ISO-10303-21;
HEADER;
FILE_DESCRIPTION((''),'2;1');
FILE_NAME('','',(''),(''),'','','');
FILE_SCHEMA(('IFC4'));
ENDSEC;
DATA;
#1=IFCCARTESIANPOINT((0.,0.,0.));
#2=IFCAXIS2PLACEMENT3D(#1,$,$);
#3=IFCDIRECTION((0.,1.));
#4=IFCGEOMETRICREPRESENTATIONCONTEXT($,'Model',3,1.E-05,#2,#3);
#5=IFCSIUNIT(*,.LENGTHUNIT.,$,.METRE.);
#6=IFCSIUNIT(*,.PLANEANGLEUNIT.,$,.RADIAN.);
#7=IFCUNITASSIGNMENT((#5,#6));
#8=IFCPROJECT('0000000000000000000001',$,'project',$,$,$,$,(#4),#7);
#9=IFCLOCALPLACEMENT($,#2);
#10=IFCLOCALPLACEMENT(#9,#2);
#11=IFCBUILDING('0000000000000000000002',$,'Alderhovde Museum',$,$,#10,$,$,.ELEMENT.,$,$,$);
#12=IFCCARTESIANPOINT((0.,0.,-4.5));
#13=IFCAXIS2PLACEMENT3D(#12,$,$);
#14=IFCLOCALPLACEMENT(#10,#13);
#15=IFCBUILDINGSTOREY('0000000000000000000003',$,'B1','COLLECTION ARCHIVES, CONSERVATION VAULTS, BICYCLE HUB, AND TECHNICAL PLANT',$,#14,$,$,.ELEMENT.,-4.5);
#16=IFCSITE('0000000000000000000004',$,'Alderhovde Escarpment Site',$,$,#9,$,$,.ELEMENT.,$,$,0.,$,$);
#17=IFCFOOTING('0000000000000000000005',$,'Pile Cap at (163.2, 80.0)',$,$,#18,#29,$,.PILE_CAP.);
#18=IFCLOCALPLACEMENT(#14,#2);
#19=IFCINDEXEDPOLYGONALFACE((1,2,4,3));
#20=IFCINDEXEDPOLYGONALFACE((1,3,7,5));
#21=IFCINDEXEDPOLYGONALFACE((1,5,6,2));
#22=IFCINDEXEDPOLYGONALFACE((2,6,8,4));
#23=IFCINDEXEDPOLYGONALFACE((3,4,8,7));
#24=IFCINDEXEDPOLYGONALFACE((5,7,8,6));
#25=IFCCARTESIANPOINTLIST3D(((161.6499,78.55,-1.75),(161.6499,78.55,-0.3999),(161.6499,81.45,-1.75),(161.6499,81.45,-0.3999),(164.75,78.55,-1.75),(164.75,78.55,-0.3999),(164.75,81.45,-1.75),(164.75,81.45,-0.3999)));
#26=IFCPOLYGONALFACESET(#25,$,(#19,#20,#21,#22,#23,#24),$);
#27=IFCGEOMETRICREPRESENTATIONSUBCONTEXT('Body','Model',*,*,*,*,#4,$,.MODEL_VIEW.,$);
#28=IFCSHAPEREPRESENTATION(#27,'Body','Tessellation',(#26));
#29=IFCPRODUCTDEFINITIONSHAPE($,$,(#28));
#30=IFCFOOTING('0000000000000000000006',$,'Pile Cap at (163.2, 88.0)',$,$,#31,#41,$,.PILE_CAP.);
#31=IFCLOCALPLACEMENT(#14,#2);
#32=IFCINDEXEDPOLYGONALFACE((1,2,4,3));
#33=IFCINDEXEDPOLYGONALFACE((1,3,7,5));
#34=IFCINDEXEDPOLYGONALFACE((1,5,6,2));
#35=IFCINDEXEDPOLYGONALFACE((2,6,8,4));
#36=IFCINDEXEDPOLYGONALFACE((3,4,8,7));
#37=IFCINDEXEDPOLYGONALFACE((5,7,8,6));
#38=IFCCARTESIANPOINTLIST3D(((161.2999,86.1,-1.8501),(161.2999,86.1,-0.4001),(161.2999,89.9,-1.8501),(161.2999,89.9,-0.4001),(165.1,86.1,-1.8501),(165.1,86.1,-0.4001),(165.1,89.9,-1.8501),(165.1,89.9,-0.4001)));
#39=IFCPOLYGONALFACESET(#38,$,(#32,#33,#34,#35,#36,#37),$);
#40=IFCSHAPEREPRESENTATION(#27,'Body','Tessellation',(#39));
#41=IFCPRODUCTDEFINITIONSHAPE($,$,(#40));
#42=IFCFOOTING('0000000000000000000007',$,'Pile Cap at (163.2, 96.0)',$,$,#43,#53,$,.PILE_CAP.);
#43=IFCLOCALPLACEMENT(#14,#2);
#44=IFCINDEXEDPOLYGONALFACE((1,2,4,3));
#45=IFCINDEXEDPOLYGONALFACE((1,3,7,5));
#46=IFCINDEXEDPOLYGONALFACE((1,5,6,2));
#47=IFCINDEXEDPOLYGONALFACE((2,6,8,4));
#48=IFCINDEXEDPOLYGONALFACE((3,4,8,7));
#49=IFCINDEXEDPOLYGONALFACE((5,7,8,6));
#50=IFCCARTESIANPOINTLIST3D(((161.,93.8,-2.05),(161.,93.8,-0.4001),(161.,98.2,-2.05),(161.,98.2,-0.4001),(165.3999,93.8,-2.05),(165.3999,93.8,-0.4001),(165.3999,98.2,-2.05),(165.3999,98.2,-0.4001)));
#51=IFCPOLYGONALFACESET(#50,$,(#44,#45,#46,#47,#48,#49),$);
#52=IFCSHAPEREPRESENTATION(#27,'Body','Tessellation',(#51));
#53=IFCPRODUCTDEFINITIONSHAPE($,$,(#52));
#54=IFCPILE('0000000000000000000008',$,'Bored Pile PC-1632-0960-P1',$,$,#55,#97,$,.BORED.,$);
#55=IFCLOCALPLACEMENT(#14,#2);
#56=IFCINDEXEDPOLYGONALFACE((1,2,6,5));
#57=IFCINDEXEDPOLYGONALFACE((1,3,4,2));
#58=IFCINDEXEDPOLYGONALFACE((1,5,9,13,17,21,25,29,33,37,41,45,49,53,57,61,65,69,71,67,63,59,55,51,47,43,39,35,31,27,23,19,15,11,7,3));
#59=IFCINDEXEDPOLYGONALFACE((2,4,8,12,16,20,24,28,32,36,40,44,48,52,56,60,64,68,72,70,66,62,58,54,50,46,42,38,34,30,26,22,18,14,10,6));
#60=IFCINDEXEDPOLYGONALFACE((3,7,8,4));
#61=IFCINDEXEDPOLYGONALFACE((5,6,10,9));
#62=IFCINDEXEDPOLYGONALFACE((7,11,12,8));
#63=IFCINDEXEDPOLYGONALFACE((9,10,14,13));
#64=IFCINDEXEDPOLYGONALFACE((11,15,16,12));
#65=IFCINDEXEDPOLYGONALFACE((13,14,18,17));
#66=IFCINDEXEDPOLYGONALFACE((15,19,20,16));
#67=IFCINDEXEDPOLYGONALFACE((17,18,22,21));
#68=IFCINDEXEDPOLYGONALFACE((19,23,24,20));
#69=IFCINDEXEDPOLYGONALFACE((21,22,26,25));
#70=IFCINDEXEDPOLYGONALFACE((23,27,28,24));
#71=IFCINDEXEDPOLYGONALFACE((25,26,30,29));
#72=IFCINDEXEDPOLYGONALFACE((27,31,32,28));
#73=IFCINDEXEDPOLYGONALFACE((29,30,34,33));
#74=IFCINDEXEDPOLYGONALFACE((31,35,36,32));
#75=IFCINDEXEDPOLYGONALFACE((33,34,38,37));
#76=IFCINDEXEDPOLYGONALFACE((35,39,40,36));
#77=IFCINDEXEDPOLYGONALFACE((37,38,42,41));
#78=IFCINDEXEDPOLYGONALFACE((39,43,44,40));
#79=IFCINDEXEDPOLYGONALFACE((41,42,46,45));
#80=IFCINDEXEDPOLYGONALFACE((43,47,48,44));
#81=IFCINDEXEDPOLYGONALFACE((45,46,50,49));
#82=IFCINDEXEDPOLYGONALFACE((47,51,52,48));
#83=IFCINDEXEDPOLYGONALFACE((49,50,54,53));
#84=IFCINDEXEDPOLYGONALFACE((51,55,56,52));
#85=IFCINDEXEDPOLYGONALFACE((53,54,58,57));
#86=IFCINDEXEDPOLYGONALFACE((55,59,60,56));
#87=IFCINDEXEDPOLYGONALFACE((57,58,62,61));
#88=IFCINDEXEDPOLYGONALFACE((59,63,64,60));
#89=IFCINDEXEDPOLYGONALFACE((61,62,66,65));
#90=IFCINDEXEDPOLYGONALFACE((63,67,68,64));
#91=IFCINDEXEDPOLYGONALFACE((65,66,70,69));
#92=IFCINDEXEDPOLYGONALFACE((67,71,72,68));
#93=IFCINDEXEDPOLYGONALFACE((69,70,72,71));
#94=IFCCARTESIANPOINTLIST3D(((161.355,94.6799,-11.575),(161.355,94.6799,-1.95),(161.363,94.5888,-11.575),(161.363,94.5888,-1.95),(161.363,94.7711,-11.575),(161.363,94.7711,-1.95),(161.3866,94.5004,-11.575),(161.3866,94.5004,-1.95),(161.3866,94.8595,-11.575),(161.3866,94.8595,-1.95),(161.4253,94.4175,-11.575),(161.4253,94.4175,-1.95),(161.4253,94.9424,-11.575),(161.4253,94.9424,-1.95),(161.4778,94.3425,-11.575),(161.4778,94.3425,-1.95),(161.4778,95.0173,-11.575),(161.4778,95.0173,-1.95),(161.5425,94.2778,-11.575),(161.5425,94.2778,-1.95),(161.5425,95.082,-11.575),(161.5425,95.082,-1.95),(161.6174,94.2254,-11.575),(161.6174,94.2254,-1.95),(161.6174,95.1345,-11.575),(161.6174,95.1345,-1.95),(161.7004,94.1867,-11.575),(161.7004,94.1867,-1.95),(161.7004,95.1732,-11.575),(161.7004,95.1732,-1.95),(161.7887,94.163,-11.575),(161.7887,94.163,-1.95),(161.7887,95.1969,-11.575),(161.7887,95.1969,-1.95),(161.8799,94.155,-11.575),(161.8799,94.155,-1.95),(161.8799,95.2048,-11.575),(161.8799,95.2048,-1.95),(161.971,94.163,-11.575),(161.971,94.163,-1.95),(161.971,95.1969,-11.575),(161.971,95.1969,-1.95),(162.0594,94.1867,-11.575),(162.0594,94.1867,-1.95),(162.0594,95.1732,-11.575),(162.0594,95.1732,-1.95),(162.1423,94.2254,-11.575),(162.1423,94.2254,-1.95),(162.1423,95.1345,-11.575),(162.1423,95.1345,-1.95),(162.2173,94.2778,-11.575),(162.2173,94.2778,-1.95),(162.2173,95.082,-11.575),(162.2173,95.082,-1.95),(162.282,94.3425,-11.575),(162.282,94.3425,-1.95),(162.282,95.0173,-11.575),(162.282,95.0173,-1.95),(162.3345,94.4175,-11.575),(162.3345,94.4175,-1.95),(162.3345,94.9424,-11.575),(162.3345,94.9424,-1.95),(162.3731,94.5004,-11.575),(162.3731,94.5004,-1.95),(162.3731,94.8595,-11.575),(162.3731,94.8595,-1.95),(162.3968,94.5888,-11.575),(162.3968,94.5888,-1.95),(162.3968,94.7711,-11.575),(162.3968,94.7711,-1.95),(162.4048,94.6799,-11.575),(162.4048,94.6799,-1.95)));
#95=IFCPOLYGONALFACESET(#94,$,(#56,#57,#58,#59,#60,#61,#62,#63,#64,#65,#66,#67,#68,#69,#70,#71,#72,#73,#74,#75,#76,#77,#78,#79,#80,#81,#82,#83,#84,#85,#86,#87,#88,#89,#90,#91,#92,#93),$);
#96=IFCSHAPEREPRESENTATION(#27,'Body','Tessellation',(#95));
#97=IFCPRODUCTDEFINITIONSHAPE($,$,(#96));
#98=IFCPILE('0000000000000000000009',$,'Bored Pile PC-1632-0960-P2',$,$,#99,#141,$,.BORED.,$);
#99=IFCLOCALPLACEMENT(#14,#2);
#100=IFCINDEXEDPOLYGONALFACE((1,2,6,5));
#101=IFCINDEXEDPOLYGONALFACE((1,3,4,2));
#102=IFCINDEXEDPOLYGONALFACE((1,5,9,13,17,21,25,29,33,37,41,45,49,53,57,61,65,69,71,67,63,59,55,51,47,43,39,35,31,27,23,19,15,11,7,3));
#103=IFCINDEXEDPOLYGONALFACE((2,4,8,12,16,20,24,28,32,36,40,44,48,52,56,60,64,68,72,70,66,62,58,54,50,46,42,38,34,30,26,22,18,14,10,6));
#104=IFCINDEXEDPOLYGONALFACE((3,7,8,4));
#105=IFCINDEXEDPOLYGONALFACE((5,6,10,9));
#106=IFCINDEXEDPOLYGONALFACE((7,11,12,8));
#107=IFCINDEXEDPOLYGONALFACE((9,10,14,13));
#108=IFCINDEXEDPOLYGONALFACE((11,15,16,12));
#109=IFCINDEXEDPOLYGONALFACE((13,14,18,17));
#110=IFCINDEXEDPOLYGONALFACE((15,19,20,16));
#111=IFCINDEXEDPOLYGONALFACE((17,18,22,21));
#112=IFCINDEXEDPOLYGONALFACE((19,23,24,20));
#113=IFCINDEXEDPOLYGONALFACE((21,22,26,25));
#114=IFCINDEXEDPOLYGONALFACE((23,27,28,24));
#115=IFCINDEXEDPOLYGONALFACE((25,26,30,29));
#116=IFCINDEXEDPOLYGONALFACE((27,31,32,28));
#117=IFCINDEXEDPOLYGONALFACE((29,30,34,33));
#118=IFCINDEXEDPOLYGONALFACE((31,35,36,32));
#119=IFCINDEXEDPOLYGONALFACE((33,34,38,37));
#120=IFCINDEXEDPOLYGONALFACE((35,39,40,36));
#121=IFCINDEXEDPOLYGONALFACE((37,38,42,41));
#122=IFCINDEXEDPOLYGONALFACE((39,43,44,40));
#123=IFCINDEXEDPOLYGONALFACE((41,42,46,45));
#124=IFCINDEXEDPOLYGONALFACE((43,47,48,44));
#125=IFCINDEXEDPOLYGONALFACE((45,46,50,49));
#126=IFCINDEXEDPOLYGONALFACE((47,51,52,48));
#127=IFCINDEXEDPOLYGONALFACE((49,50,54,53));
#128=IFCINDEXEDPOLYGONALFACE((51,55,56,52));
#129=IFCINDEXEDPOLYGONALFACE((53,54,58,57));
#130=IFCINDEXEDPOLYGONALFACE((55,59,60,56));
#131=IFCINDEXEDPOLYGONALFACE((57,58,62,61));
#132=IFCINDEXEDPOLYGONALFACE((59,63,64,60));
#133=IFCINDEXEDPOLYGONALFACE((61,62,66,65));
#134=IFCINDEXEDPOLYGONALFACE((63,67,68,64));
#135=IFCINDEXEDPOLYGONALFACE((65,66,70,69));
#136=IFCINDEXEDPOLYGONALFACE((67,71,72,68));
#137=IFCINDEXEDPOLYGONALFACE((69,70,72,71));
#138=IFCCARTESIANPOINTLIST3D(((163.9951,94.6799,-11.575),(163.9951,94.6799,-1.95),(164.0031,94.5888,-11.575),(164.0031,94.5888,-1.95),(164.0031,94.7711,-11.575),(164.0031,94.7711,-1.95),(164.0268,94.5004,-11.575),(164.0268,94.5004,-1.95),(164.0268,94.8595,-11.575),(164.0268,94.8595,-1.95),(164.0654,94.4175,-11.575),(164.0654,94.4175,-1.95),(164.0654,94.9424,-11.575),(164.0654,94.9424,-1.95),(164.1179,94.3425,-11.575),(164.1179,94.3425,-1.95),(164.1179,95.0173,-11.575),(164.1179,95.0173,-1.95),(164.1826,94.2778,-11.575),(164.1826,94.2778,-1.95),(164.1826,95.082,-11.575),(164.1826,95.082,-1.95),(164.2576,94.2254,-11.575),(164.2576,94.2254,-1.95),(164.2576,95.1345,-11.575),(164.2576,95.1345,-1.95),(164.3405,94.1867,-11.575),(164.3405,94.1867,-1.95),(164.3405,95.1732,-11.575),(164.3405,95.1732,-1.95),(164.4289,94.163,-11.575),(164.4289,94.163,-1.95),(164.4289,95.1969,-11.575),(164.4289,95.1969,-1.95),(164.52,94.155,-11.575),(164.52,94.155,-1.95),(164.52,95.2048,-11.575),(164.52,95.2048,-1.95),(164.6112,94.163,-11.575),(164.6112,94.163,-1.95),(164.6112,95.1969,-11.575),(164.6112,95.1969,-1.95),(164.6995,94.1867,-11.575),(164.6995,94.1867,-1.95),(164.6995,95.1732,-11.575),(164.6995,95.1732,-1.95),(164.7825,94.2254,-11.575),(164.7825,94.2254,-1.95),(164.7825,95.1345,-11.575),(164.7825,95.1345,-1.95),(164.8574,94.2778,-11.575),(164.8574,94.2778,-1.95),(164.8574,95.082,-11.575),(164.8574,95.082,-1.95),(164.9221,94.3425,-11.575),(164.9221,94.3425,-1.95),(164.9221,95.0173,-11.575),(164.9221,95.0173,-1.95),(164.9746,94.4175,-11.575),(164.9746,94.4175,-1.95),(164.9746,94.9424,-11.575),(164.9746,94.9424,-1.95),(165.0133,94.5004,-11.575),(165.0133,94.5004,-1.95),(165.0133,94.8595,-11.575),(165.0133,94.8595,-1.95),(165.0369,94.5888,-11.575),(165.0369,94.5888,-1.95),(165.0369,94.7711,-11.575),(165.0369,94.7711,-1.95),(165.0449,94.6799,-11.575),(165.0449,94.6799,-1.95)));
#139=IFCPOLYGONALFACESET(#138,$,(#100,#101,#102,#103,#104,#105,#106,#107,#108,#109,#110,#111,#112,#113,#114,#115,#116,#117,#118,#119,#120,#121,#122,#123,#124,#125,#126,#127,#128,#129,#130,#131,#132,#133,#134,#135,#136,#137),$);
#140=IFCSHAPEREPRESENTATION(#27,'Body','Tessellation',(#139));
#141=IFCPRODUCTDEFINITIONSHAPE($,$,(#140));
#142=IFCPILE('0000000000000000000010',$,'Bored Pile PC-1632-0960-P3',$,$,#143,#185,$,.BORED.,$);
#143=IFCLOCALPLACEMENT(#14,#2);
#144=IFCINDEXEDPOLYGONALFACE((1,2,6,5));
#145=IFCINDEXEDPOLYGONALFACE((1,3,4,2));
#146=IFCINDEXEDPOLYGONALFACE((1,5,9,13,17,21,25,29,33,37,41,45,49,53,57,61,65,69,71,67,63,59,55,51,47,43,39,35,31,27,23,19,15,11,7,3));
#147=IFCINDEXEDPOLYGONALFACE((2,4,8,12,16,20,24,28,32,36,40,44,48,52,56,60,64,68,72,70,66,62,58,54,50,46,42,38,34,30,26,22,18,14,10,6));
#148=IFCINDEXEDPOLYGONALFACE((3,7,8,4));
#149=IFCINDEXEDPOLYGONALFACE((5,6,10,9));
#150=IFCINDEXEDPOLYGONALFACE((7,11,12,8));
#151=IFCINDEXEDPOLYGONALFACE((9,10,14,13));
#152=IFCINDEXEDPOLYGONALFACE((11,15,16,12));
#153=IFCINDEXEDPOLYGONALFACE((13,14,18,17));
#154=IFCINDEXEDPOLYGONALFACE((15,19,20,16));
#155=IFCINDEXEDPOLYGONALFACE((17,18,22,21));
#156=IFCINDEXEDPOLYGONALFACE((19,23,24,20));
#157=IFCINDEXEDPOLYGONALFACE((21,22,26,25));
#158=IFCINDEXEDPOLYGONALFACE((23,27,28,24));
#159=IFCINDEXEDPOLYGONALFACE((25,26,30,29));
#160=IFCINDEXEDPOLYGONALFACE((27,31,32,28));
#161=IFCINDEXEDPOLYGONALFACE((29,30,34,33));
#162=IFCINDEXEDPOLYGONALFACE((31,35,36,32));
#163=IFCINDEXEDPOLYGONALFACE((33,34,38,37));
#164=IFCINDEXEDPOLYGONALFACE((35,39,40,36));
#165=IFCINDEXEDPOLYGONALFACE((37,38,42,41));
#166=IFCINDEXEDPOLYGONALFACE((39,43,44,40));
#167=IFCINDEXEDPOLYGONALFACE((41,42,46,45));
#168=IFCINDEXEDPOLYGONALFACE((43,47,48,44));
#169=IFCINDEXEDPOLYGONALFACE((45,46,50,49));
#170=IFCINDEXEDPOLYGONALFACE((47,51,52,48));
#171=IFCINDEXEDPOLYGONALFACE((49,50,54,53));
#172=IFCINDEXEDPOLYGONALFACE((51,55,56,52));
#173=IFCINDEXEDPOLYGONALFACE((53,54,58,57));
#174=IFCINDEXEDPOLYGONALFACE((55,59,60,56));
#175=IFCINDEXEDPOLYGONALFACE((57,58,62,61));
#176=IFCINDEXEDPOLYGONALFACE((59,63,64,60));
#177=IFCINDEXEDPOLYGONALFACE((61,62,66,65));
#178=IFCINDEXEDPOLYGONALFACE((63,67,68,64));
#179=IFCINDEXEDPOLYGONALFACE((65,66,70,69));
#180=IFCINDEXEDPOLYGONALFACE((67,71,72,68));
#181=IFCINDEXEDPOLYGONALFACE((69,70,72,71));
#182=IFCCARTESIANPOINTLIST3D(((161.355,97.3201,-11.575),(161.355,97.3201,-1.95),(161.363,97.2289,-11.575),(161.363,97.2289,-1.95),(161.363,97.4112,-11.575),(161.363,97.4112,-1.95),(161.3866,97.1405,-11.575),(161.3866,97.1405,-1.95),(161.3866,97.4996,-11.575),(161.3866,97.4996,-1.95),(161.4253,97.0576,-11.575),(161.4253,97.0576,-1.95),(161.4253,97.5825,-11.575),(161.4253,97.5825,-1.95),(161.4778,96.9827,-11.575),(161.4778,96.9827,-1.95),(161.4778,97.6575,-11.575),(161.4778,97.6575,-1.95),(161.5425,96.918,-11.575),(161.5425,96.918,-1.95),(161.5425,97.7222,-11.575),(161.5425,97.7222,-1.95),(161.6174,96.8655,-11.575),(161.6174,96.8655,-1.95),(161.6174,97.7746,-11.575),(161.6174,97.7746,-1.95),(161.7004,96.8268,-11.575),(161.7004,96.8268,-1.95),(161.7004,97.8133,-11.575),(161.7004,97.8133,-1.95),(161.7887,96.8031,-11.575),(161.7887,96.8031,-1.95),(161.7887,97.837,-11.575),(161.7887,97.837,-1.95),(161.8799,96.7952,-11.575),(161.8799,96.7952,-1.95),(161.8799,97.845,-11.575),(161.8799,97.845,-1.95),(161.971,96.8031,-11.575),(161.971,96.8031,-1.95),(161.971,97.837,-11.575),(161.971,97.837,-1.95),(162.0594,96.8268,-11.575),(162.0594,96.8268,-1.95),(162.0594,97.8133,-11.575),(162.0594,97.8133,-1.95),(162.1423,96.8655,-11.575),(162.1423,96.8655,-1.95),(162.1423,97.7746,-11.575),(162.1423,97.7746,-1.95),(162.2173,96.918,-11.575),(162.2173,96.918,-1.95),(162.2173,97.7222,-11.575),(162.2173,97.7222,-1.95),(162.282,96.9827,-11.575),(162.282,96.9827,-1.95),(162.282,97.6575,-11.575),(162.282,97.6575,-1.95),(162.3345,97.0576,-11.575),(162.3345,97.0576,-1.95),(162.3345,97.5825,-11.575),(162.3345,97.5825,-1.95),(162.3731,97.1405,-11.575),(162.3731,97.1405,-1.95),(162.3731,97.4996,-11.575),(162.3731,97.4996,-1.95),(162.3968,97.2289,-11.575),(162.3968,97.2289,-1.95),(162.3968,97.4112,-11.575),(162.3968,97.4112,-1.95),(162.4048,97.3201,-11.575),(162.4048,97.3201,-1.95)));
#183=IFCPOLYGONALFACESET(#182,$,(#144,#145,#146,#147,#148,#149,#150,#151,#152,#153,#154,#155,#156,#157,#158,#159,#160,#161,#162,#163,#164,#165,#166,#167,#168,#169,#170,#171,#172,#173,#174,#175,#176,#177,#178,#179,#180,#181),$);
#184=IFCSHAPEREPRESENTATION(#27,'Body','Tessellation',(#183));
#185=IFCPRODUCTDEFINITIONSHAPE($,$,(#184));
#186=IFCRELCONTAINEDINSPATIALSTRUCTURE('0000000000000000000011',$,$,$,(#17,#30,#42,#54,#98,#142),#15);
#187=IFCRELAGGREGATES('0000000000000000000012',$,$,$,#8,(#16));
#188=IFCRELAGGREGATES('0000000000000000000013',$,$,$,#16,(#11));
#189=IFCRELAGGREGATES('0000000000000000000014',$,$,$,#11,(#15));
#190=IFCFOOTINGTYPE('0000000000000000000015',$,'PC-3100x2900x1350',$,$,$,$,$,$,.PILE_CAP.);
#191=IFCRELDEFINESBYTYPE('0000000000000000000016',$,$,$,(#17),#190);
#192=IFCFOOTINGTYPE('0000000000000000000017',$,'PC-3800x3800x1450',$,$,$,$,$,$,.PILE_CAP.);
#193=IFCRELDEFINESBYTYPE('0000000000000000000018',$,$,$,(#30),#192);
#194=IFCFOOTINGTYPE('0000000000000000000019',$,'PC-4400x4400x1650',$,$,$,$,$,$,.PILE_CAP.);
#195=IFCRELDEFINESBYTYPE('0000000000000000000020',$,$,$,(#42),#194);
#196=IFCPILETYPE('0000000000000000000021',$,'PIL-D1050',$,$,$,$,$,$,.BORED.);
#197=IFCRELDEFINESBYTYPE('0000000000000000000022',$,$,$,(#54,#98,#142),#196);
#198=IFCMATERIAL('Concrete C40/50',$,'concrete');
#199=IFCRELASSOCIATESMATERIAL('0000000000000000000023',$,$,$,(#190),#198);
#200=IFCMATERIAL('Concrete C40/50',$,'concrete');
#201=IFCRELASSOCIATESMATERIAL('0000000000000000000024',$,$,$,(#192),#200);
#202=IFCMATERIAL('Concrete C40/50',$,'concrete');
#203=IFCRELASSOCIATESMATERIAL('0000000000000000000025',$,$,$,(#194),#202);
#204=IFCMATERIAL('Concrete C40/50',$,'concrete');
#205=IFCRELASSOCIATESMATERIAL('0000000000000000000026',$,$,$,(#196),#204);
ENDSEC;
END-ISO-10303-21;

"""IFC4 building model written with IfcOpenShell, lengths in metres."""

from ifc_helpers import new_model, si_unit, direction, frame, origin, origin_2d, place, context, subcontext, project, spatial, rectangle, circle, extrude, material, material_profile, profile_set, type_object, element, save


model = new_model("IFC4")

# Units and contexts
model_context = context("Model", 3, precision=1e-05, world=origin(), true_north=direction((0.0, 1.0)))
body_context = subcontext(model_context, "Body", "Model", "MODEL_VIEW")
ifc_project = project(units=[si_unit("LENGTHUNIT", "METRE"), si_unit("PLANEANGLEUNIT", "RADIAN")], contexts=[model_context])

# Site, building, storey
site_placement = place(None, origin())
site = spatial("IfcSite", under=ifc_project, at=site_placement, Name="Alderhovde Escarpment Site", CompositionType="ELEMENT", RefElevation=0.0)
building_placement = place(site_placement, origin())
building = spatial("IfcBuilding", under=site, at=building_placement, Name="Alderhovde Museum", CompositionType="ELEMENT")
storey_placement = place(building_placement, frame((0.0, 0.0, -4.5)))
storey = spatial("IfcBuildingStorey", under=building, at=storey_placement, Name="B1", Description="COLLECTION ARCHIVES, CONSERVATION VAULTS, BICYCLE HUB, AND TECHNICAL PLANT", CompositionType="ELEMENT", Elevation=-4.5)

# Footings
ifc_material_1 = material(Name="Concrete C40/50", Category="concrete")
footing_type_1 = type_object("IfcFootingType", Name="PC-3100x2900x1350", PredefinedType="PILE_CAP", material=ifc_material_1)
footing_1_placement = place(storey_placement, frame((163.2, 80.0, -1.75), z_axis=(0.0, 0.0, 1.0), x_axis=(1.0, 0.0, 0.0)))
element("IfcFooting", 1, at=footing_1_placement, inside=storey, type_object=footing_type_1, Name="Pile Cap at (163.2, 80.0)", PredefinedType="PILE_CAP", context=body_context, shape_type="SweptSolid", body=[
    extrude(rectangle(XDim=3.1001, YDim=2.8999, at=origin_2d()), origin(), (0.0, 0.0, 1.0), 1.3501),
])
ifc_material_2 = material(Name="Concrete C40/50", Category="concrete")
footing_type_2 = type_object("IfcFootingType", Name="PC-3800x3800x1450", PredefinedType="PILE_CAP", material=ifc_material_2)
footing_2_placement = place(storey_placement, frame((163.2, 88.0, -1.8501), z_axis=(0.0, 0.0, 1.0), x_axis=(1.0, 0.0, 0.0)))
element("IfcFooting", 2, at=footing_2_placement, inside=storey, type_object=footing_type_2, Name="Pile Cap at (163.2, 88.0)", PredefinedType="PILE_CAP", context=body_context, shape_type="SweptSolid", body=[
    extrude(rectangle(XDim=3.8, YDim=3.8, at=origin_2d()), origin(), (0.0, 0.0, 1.0), 1.45),
])
ifc_material_3 = material(Name="Concrete C40/50", Category="concrete")
footing_type_3 = type_object("IfcFootingType", Name="PC-4400x4400x1650", PredefinedType="PILE_CAP", material=ifc_material_3)
footing_3_placement = place(storey_placement, frame((163.2, 96.0, -2.05), z_axis=(0.0, 0.0, 1.0), x_axis=(1.0, 0.0, 0.0)))
element("IfcFooting", 3, at=footing_3_placement, inside=storey, type_object=footing_type_3, Name="Pile Cap at (163.2, 96.0)", PredefinedType="PILE_CAP", context=body_context, shape_type="SweptSolid", body=[
    extrude(rectangle(XDim=4.3999, YDim=4.3999, at=origin_2d()), origin(), (0.0, 0.0, 1.0), 1.6499),
])

# Piles
ifc_material_4 = material(Name="Concrete C40/50", Category="concrete")
ifc_material_profile_1 = material_profile(ifc_material_4, circle(Radius=0.5249, at=origin_2d()), Name="PILE-D1050")
ifc_profile_set_1 = profile_set([ifc_material_profile_1], Name="Concrete C40/50")
pile_type_1 = type_object("IfcPileType", Name="PIL-D1050", PredefinedType="BORED", material=ifc_profile_set_1)
for number, where, z_axis, x_axis, name in (
    (4, (161.8799, 94.6799, -1.95), (0.0, 0.0, -1.0), (1.0, 0.0, 0.0), "Bored Pile PC-1632-0960-P1"),
    (5, (164.52, 94.6799, -1.95), (0.0, 0.0, -1.0), (1.0, 0.0, 0.0), "Bored Pile PC-1632-0960-P2"),
    (6, (161.8799, 97.3201, -1.95), (0.0, 0.0, -1.0), (1.0, 0.0, 0.0), "Bored Pile PC-1632-0960-P3"),
):
    element("IfcPile", number, at=place(storey_placement, frame(where, z_axis=z_axis, x_axis=x_axis)), inside=storey, type_object=pile_type_1, Name=name, PredefinedType="BORED", context=body_context, shape_type="SweptSolid", body=[
        extrude(circle(Radius=0.5249, at=origin_2d()), origin(), (0.0, 0.0, 1.0), 9.625),
    ])

save(model, "model.ifc")
